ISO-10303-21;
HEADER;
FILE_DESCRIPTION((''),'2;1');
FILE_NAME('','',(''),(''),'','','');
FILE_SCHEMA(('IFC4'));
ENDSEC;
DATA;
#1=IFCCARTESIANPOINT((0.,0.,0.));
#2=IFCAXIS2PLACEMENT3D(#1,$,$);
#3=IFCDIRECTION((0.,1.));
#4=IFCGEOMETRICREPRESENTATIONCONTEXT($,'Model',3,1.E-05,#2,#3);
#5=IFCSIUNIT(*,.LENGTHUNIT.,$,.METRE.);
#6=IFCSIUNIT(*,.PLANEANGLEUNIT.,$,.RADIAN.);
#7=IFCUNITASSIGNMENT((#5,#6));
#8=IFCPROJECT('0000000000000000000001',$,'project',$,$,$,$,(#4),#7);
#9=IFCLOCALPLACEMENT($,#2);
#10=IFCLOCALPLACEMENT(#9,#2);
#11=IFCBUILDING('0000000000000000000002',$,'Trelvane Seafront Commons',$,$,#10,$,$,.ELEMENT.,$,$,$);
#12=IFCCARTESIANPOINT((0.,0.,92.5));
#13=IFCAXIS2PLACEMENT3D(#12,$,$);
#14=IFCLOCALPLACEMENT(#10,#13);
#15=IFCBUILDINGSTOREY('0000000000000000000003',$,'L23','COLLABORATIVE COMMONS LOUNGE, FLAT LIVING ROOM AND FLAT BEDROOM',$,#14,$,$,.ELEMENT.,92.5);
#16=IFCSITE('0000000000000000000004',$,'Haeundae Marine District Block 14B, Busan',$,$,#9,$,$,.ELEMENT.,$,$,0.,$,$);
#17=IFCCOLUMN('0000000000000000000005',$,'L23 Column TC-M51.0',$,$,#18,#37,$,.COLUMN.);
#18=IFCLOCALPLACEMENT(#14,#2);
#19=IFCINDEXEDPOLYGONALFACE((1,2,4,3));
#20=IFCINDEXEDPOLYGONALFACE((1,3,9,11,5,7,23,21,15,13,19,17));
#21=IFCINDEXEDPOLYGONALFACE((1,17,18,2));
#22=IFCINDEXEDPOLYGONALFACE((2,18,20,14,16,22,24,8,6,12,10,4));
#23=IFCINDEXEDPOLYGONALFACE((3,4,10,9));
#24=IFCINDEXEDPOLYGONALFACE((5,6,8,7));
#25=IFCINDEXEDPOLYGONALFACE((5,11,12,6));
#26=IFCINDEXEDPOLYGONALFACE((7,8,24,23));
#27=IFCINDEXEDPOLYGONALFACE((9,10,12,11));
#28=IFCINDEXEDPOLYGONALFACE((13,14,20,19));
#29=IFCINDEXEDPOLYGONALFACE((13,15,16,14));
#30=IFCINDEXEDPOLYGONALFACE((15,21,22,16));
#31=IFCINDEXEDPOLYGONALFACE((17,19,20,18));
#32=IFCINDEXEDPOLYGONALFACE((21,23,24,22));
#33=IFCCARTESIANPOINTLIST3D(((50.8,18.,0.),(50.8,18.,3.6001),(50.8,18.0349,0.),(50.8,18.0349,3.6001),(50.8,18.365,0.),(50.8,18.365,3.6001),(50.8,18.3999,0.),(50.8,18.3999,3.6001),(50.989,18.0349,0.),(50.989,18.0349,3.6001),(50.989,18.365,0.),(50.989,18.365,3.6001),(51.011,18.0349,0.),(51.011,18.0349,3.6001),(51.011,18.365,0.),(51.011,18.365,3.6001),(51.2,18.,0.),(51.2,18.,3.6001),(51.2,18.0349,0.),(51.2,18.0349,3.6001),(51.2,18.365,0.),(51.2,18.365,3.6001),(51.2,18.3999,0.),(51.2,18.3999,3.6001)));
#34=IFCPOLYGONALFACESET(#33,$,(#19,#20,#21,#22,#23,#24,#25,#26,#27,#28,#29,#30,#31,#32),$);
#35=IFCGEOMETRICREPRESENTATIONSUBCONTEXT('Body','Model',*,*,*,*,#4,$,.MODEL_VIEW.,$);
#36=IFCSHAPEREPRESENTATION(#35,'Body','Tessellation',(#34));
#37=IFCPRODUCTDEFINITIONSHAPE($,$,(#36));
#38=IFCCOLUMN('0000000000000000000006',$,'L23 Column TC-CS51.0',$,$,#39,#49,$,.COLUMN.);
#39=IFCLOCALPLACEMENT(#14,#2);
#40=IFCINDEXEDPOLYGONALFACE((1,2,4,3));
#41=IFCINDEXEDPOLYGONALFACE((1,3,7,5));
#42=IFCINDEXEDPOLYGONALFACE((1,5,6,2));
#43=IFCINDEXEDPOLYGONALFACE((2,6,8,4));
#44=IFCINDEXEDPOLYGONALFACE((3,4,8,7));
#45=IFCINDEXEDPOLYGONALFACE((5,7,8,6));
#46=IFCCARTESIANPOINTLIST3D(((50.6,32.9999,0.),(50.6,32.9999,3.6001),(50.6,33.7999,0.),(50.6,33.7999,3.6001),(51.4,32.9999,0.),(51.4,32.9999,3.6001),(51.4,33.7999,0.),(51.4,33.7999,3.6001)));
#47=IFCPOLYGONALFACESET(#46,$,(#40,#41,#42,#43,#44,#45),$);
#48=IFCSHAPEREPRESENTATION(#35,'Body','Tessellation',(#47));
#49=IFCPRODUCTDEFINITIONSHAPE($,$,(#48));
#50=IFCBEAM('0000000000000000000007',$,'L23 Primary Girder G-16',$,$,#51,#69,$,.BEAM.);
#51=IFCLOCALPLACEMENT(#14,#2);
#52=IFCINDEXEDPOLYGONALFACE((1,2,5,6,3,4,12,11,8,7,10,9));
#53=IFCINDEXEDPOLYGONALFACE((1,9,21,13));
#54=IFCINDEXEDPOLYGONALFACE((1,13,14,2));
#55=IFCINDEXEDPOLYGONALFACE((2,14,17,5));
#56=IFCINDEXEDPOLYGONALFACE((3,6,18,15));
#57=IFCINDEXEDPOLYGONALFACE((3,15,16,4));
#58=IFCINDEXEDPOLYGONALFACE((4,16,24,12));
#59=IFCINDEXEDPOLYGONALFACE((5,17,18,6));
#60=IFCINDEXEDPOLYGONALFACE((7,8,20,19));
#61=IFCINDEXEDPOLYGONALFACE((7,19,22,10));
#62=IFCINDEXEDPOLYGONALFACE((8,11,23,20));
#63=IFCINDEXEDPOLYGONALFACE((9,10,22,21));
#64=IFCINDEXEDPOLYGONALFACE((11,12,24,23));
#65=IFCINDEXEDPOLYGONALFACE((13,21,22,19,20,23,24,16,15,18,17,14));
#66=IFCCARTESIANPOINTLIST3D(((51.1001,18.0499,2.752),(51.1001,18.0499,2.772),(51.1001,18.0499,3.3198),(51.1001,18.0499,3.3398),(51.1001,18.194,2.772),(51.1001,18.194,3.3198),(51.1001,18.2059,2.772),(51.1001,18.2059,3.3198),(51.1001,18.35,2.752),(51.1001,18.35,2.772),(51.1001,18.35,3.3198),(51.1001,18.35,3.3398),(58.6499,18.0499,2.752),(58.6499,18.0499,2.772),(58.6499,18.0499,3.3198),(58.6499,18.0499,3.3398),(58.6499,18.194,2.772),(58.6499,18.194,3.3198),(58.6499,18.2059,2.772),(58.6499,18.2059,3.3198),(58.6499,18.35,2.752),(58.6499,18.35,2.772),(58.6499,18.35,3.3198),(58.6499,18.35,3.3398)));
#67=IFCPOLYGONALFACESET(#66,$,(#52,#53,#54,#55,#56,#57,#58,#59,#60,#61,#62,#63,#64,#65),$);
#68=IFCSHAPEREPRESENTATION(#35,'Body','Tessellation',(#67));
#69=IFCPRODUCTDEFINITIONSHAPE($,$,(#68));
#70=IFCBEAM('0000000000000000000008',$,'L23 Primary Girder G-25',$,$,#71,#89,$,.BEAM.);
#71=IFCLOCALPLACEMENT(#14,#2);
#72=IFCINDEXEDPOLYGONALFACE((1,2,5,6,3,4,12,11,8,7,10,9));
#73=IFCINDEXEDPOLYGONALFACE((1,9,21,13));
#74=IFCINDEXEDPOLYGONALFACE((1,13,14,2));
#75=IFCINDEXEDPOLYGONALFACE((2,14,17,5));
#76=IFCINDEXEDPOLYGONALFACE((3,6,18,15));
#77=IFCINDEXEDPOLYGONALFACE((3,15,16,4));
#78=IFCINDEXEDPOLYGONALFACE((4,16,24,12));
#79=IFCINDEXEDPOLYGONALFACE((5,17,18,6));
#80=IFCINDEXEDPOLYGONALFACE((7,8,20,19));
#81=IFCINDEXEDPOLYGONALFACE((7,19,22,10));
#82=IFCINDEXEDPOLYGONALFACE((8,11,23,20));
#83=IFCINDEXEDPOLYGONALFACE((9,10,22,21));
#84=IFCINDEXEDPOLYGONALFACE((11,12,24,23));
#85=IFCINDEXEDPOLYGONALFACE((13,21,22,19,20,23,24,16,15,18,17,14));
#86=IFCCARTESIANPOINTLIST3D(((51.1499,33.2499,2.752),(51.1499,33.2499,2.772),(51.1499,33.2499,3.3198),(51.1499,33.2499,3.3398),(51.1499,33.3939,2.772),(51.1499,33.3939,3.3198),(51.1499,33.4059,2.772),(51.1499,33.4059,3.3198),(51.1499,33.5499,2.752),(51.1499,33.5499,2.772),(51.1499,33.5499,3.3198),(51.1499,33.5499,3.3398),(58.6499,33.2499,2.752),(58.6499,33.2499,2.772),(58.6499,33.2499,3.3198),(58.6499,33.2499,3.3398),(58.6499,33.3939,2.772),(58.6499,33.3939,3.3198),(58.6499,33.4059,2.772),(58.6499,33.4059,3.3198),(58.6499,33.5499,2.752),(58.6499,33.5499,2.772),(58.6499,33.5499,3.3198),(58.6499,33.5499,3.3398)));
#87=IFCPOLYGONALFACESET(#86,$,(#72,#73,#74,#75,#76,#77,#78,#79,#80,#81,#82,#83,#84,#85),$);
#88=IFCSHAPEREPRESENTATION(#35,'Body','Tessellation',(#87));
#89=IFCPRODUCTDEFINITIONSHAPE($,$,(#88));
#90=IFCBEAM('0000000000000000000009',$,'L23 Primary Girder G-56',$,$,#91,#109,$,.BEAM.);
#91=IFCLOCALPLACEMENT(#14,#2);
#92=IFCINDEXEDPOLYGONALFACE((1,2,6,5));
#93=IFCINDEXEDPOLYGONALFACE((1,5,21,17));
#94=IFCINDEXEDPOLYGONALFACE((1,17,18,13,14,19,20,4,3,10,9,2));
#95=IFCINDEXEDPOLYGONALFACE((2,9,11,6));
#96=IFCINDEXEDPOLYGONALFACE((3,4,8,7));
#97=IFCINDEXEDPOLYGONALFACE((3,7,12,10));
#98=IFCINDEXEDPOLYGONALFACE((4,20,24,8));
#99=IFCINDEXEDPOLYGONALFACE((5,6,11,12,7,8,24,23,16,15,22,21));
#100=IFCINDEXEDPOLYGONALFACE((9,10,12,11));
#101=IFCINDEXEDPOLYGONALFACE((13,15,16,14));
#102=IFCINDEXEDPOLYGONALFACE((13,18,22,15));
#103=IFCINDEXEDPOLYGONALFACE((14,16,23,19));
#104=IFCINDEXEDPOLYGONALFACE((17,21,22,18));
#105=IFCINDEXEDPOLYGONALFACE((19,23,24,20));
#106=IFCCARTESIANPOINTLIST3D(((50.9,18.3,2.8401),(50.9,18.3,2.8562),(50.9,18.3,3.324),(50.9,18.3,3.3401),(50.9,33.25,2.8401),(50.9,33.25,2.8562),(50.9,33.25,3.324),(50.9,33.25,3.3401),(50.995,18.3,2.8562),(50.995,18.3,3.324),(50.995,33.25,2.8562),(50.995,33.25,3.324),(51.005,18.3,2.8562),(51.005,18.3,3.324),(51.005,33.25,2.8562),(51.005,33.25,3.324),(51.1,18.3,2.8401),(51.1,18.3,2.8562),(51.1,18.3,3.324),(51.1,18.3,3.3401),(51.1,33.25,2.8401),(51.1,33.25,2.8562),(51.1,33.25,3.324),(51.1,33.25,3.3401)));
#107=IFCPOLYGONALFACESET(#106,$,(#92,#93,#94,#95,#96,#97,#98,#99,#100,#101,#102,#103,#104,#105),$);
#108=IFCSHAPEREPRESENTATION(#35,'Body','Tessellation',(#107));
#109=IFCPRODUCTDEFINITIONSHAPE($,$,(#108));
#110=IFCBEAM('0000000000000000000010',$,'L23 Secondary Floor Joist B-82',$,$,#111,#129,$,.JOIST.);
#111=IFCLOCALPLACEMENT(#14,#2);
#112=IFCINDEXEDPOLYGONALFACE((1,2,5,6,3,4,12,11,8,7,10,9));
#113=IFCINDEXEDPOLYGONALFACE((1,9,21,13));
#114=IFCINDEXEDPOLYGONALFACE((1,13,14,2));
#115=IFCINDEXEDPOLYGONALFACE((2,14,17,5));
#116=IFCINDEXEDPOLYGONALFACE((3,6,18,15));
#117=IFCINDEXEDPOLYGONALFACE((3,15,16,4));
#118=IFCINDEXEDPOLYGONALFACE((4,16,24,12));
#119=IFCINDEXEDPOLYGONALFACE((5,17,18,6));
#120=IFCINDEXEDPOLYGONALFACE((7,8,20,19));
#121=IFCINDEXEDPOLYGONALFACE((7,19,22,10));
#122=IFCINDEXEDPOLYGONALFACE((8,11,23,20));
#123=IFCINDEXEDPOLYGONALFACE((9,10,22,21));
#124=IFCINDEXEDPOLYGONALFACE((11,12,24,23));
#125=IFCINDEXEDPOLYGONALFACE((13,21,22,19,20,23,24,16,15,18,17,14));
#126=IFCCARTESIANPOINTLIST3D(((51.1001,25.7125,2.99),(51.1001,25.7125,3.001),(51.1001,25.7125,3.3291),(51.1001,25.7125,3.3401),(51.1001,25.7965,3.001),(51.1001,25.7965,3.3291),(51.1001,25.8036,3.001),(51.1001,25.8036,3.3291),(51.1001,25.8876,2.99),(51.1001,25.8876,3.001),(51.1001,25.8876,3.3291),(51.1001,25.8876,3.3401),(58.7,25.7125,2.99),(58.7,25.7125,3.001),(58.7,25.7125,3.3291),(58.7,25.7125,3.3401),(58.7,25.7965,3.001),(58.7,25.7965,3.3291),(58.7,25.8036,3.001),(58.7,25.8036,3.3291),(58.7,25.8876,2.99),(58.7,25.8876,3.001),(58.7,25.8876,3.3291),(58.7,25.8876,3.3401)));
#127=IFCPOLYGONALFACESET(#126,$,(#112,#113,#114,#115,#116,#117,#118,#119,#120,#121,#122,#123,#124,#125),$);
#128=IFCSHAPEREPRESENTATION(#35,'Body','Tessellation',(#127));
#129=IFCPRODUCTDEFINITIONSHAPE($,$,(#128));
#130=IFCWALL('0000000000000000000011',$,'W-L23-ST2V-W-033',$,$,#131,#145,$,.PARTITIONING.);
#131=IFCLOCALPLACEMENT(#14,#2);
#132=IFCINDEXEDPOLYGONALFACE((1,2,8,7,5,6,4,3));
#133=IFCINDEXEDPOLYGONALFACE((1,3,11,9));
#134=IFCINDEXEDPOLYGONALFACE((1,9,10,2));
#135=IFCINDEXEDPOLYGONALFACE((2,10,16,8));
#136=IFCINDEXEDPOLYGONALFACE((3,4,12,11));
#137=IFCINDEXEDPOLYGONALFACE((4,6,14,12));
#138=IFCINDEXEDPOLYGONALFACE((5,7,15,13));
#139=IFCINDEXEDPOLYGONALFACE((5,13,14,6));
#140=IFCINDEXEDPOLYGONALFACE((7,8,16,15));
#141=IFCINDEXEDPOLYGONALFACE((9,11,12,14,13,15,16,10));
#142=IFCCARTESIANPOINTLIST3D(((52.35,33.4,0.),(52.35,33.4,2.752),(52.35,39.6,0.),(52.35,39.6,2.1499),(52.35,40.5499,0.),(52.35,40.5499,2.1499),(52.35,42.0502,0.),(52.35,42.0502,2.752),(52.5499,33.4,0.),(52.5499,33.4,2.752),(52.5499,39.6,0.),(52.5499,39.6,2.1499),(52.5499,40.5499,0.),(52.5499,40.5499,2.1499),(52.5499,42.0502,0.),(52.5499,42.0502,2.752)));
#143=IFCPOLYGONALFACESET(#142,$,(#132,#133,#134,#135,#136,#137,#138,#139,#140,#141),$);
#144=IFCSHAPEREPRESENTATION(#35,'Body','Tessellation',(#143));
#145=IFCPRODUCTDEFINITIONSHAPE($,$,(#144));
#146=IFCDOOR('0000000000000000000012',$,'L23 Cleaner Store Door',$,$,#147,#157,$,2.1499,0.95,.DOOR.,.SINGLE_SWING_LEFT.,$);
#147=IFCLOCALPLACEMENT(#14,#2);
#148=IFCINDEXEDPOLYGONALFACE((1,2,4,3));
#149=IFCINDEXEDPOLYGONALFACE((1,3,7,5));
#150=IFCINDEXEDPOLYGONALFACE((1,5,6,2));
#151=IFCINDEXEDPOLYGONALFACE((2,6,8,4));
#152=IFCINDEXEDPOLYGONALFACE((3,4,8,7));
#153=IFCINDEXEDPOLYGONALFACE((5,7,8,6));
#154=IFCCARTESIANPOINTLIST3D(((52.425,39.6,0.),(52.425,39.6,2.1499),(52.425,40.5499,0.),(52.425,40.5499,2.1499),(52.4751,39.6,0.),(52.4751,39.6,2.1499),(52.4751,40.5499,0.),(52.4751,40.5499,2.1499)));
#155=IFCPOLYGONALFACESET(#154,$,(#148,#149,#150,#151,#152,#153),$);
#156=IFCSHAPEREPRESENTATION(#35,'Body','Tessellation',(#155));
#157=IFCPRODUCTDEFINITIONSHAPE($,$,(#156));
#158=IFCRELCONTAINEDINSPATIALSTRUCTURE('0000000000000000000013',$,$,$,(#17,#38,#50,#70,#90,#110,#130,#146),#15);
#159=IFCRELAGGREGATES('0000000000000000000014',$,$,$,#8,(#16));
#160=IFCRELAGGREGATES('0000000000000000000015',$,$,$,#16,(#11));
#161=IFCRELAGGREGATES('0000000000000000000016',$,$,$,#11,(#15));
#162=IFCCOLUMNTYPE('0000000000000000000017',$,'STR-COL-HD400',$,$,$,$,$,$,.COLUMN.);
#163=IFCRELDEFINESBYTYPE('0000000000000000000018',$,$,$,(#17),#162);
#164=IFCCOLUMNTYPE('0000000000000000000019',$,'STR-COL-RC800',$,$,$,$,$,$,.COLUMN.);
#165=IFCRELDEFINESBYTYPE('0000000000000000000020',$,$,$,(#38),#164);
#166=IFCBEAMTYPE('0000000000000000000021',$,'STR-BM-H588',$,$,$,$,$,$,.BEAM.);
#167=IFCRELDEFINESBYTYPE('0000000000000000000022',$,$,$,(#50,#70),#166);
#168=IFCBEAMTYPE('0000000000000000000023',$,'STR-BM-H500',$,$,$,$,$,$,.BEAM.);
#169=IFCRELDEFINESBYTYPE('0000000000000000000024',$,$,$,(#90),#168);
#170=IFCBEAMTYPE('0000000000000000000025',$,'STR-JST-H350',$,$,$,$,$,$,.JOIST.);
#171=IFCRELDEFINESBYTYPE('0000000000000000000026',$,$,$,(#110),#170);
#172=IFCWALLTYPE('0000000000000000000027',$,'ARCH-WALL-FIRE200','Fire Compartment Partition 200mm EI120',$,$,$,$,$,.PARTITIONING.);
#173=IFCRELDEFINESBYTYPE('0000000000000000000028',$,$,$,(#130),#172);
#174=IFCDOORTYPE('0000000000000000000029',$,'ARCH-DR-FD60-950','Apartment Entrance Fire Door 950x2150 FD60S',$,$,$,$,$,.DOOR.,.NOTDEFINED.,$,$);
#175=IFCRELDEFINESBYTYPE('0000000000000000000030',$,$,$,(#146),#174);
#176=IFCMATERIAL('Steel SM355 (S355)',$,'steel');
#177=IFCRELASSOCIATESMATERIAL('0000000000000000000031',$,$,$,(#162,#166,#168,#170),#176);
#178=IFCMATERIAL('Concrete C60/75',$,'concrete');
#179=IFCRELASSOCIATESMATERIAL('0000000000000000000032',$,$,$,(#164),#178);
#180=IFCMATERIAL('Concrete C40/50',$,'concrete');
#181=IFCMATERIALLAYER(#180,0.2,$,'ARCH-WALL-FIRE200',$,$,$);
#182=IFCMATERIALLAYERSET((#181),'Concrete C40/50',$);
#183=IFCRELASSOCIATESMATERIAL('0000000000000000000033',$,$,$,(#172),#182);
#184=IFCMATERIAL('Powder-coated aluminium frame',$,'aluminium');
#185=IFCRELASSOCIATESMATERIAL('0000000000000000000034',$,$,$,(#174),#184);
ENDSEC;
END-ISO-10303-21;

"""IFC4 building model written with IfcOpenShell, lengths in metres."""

from ifc_helpers import new_model, si_unit, direction, frame, frame_2d, origin, origin_2d, place, context, subcontext, project, spatial, rectangle, i_section, extrude, source, transform, mapped, material, layer, layer_set, material_profile, profile_set, type_object, element, fill, save


model = new_model("IFC4")

# Units and contexts
model_context = context("Model", 3, precision=1e-05, world=origin(), true_north=direction((0.0, 1.0)))
body_context = subcontext(model_context, "Body", "Model", "MODEL_VIEW")
ifc_project = project(units=[si_unit("LENGTHUNIT", "METRE"), si_unit("PLANEANGLEUNIT", "RADIAN")], contexts=[model_context])

# Site, building, storey
site_placement = place(None, origin())
site = spatial("IfcSite", under=ifc_project, at=site_placement, Name="Haeundae Marine District Block 14B, Busan", CompositionType="ELEMENT", RefElevation=0.0)
building_placement = place(site_placement, origin())
building = spatial("IfcBuilding", under=site, at=building_placement, Name="Trelvane Seafront Commons", CompositionType="ELEMENT")
storey_placement = place(building_placement, frame((0.0, 0.0, 92.5)))
storey = spatial("IfcBuildingStorey", under=building, at=storey_placement, Name="L23", Description="COLLABORATIVE COMMONS LOUNGE, FLAT LIVING ROOM AND FLAT BEDROOM", CompositionType="ELEMENT", Elevation=92.5)

# Columns
ifc_material_1 = material(Name="Steel SM355 (S355)", Category="steel")
ifc_material_profile_1 = material_profile(ifc_material_1, i_section(OverallWidth=0.3999, OverallDepth=0.3999, WebThickness=0.022, FlangeThickness=0.0349, at=origin_2d()), Name="HD-400x400x22x35")
ifc_profile_set_1 = profile_set([ifc_material_profile_1], Name="Steel SM355 (S355)")
column_type_1 = type_object("IfcColumnType", Name="STR-COL-HD400", PredefinedType="COLUMN", material=ifc_profile_set_1)
shared_shape_1 = source(origin(), body_context, "Body", "SweptSolid", [
    extrude(i_section(OverallWidth=0.3999, OverallDepth=0.3999, WebThickness=0.022, FlangeThickness=0.0349, at=origin_2d()), origin(), (0.0, 0.0, 1.0), 3.6001),
])
column_1_placement = place(storey_placement, frame((51.0, 18.2, 0.0), z_axis=(0.0, 0.0, 1.0), x_axis=(1.0, 0.0, 0.0)))
element("IfcColumn", 1, at=column_1_placement, inside=storey, type_object=column_type_1, Name="L23 Column TC-M51.0", PredefinedType="COLUMN", context=body_context, shape_type="MappedRepresentation", body=[
    mapped(shared_shape_1, transform((0.0, 0.0, 0.0), x_axis=(1.0, 0.0, 0.0), y_axis=(0.0, 1.0, 0.0), z_axis=(0.0, 0.0, 1.0), scale=1.0)),
])
ifc_material_2 = material(Name="Concrete C60/75", Category="concrete")
ifc_material_profile_2 = material_profile(ifc_material_2, rectangle(XDim=0.8, YDim=0.8, at=origin_2d()), Name="RC-800x800")
ifc_profile_set_2 = profile_set([ifc_material_profile_2], Name="Concrete C60/75")
column_type_2 = type_object("IfcColumnType", Name="STR-COL-RC800", PredefinedType="COLUMN", material=ifc_profile_set_2)
shared_shape_2 = source(origin(), body_context, "Body", "SweptSolid", [
    extrude(rectangle(XDim=0.8, YDim=0.8, at=origin_2d()), origin(), (0.0, 0.0, 1.0), 3.6001),
])
column_2_placement = place(storey_placement, frame((51.0, 33.3999, 0.0), z_axis=(0.0, 0.0, 1.0), x_axis=(1.0, 0.0, 0.0)))
element("IfcColumn", 2, at=column_2_placement, inside=storey, type_object=column_type_2, Name="L23 Column TC-CS51.0", PredefinedType="COLUMN", context=body_context, shape_type="MappedRepresentation", body=[
    mapped(shared_shape_2, transform((0.0, 0.0, 0.0), x_axis=(1.0, 0.0, 0.0), y_axis=(0.0, 1.0, 0.0), z_axis=(0.0, 0.0, 1.0), scale=1.0)),
])

# Beams
ifc_material_profile_3 = material_profile(ifc_material_1, i_section(OverallWidth=0.3, OverallDepth=0.5879, WebThickness=0.012, FlangeThickness=0.02, at=origin_2d()), Name="H-588x300x12x20")
ifc_profile_set_3 = profile_set([ifc_material_profile_3], Name="Steel SM355 (S355)")
beam_type_1 = type_object("IfcBeamType", Name="STR-BM-H588", PredefinedType="BEAM", material=ifc_profile_set_3)
shared_shape_3 = source(origin(), body_context, "Body", "SweptSolid", [
    extrude(i_section(OverallWidth=0.3, OverallDepth=0.5879, WebThickness=0.012, FlangeThickness=0.02, at=origin_2d()), origin(), (0.0, 0.0, 1.0), 7.5498),
])
beam_1_placement = place(storey_placement, frame((51.1001, 18.2, 3.0459), z_axis=(1.0, 0.0, 0.0), x_axis=(0.0, 1.0, 0.0)))
element("IfcBeam", 3, at=beam_1_placement, inside=storey, type_object=beam_type_1, Name="L23 Primary Girder G-16", PredefinedType="BEAM", context=body_context, shape_type="MappedRepresentation", body=[
    mapped(shared_shape_3, transform((0.0, 0.0, 0.0), x_axis=(1.0, 0.0, 0.0), y_axis=(0.0, 1.0, 0.0), z_axis=(0.0, 0.0, 1.0), scale=1.0)),
])
shared_shape_4 = source(origin(), body_context, "Body", "SweptSolid", [
    extrude(i_section(OverallWidth=0.3, OverallDepth=0.5879, WebThickness=0.012, FlangeThickness=0.02, at=origin_2d()), origin(), (0.0, 0.0, 1.0), 7.5),
])
beam_2_placement = place(storey_placement, frame((51.1499, 33.3999, 3.0459), z_axis=(1.0, 0.0, 0.0), x_axis=(0.0, 1.0, 0.0)))
element("IfcBeam", 4, at=beam_2_placement, inside=storey, type_object=beam_type_1, Name="L23 Primary Girder G-25", PredefinedType="BEAM", context=body_context, shape_type="MappedRepresentation", body=[
    mapped(shared_shape_4, transform((0.0, 0.0, 0.0), x_axis=(1.0, 0.0, 0.0), y_axis=(0.0, 1.0, 0.0), z_axis=(0.0, 0.0, 1.0), scale=1.0)),
])
ifc_material_profile_4 = material_profile(ifc_material_1, i_section(OverallWidth=0.2, OverallDepth=0.5, WebThickness=0.01, FlangeThickness=0.0161, at=origin_2d()), Name="H-500x200x10x16")
ifc_profile_set_4 = profile_set([ifc_material_profile_4], Name="Steel SM355 (S355)")
beam_type_2 = type_object("IfcBeamType", Name="STR-BM-H500", PredefinedType="BEAM", material=ifc_profile_set_4)
shared_shape_5 = source(origin(), body_context, "Body", "SweptSolid", [
    extrude(i_section(OverallWidth=0.2, OverallDepth=0.5, WebThickness=0.01, FlangeThickness=0.0161, at=origin_2d()), origin(), (0.0, 0.0, 1.0), 14.95),
])
beam_3_placement = place(storey_placement, frame((51.0, 18.3, 3.0901), z_axis=(0.0, 1.0, 0.0), x_axis=(-1.0, 0.0, 0.0)))
element("IfcBeam", 5, at=beam_3_placement, inside=storey, type_object=beam_type_2, Name="L23 Primary Girder G-56", PredefinedType="BEAM", context=body_context, shape_type="MappedRepresentation", body=[
    mapped(shared_shape_5, transform((0.0, 0.0, 0.0), x_axis=(1.0, 0.0, 0.0), y_axis=(0.0, 1.0, 0.0), z_axis=(0.0, 0.0, 1.0), scale=1.0)),
])
ifc_material_profile_5 = material_profile(ifc_material_1, i_section(OverallWidth=0.175, OverallDepth=0.3501, WebThickness=0.0071, FlangeThickness=0.011, at=origin_2d()), Name="H-350x175x7x11")
ifc_profile_set_5 = profile_set([ifc_material_profile_5], Name="Steel SM355 (S355)")
beam_type_3 = type_object("IfcBeamType", Name="STR-JST-H350", PredefinedType="JOIST", material=ifc_profile_set_5)
shared_shape_6 = source(origin(), body_context, "Body", "SweptSolid", [
    extrude(i_section(OverallWidth=0.175, OverallDepth=0.3501, WebThickness=0.0071, FlangeThickness=0.011, at=origin_2d()), origin(), (0.0, 0.0, 1.0), 7.5999),
])
beam_4_placement = place(storey_placement, frame((51.1001, 25.8, 3.165), z_axis=(1.0, 0.0, 0.0), x_axis=(0.0, 1.0, 0.0)))
element("IfcBeam", 6, at=beam_4_placement, inside=storey, type_object=beam_type_3, Name="L23 Secondary Floor Joist B-82", PredefinedType="JOIST", context=body_context, shape_type="MappedRepresentation", body=[
    mapped(shared_shape_6, transform((0.0, 0.0, 0.0), x_axis=(1.0, 0.0, 0.0), y_axis=(0.0, 1.0, 0.0), z_axis=(0.0, 0.0, 1.0), scale=1.0)),
])

# Wall, opening, door
ifc_material_3 = material(Name="Concrete C40/50", Category="concrete")
ifc_layer_1 = layer(ifc_material_3, 0.2, Name="ARCH-WALL-FIRE200")
ifc_layer_set_1 = layer_set([ifc_layer_1], Name="Concrete C40/50")
wall_type_1 = type_object("IfcWallType", Name="ARCH-WALL-FIRE200", Description="Fire Compartment Partition 200mm EI120", PredefinedType="PARTITIONING", material=ifc_layer_set_1)
wall_1_placement = place(storey_placement, frame((52.45, 33.3999, 0.0), z_axis=(0.0, 0.0, 1.0), x_axis=(0.0, 1.0, 0.0)))
wall_1 = element("IfcWall", 7, at=wall_1_placement, inside=storey, type_object=wall_type_1, Name="W-L23-ST2V-W-033", PredefinedType="PARTITIONING", context=body_context, shape_type="SweptSolid", body=[
    extrude(rectangle(XDim=8.6501, YDim=0.2, at=frame_2d((4.3252, 0.0))), origin(), (0.0, 0.0, 1.0), 2.752),
])
opening_1_placement = place(wall_1_placement, frame((6.2, 0.0, 0.0)))
opening_1 = element("IfcOpeningElement", 8, at=opening_1_placement, cuts=wall_1, PredefinedType="OPENING", context=body_context, shape_type="SweptSolid", body=[
    extrude(rectangle(XDim=0.95, YDim=2.1499, at=frame_2d((0.4751, 1.075))), frame((0.0, 0.1099, 0.0), z_axis=(0.0, -1.0, 0.0), x_axis=(1.0, 0.0, 0.0)), (0.0, 0.0, 1.0), 0.22),
])
ifc_material_4 = material(Name="Powder-coated aluminium frame", Category="aluminium")
door_type_1 = type_object("IfcDoorType", Name="ARCH-DR-FD60-950", Description="Apartment Entrance Fire Door 950x2150 FD60S", OperationType="NOTDEFINED", PredefinedType="DOOR", material=ifc_material_4)
shared_shape_7 = source(origin(), body_context, "Body", "SweptSolid", [
    extrude(rectangle(XDim=0.95, YDim=2.1499, at=frame_2d((0.4751, 1.075))), frame((0.0, 0.0249, 0.0), z_axis=(0.0, -1.0, 0.0), x_axis=(1.0, 0.0, 0.0)), (0.0, 0.0, 1.0), 0.05),
])
door_1_placement = place(opening_1_placement, origin())
door_1 = element("IfcDoor", 9, at=door_1_placement, inside=storey, type_object=door_type_1, Name="L23 Cleaner Store Door", OperationType="SINGLE_SWING_LEFT", OverallHeight=2.1499, OverallWidth=0.95, PredefinedType="DOOR", context=body_context, shape_type="MappedRepresentation", body=[
    mapped(shared_shape_7, transform((0.0, 0.0, 0.0), x_axis=(1.0, 0.0, 0.0), y_axis=(0.0, 1.0, 0.0), z_axis=(0.0, 0.0, 1.0), scale=1.0)),
])
fill(opening_1, door_1)

save(model, "model.ifc")
